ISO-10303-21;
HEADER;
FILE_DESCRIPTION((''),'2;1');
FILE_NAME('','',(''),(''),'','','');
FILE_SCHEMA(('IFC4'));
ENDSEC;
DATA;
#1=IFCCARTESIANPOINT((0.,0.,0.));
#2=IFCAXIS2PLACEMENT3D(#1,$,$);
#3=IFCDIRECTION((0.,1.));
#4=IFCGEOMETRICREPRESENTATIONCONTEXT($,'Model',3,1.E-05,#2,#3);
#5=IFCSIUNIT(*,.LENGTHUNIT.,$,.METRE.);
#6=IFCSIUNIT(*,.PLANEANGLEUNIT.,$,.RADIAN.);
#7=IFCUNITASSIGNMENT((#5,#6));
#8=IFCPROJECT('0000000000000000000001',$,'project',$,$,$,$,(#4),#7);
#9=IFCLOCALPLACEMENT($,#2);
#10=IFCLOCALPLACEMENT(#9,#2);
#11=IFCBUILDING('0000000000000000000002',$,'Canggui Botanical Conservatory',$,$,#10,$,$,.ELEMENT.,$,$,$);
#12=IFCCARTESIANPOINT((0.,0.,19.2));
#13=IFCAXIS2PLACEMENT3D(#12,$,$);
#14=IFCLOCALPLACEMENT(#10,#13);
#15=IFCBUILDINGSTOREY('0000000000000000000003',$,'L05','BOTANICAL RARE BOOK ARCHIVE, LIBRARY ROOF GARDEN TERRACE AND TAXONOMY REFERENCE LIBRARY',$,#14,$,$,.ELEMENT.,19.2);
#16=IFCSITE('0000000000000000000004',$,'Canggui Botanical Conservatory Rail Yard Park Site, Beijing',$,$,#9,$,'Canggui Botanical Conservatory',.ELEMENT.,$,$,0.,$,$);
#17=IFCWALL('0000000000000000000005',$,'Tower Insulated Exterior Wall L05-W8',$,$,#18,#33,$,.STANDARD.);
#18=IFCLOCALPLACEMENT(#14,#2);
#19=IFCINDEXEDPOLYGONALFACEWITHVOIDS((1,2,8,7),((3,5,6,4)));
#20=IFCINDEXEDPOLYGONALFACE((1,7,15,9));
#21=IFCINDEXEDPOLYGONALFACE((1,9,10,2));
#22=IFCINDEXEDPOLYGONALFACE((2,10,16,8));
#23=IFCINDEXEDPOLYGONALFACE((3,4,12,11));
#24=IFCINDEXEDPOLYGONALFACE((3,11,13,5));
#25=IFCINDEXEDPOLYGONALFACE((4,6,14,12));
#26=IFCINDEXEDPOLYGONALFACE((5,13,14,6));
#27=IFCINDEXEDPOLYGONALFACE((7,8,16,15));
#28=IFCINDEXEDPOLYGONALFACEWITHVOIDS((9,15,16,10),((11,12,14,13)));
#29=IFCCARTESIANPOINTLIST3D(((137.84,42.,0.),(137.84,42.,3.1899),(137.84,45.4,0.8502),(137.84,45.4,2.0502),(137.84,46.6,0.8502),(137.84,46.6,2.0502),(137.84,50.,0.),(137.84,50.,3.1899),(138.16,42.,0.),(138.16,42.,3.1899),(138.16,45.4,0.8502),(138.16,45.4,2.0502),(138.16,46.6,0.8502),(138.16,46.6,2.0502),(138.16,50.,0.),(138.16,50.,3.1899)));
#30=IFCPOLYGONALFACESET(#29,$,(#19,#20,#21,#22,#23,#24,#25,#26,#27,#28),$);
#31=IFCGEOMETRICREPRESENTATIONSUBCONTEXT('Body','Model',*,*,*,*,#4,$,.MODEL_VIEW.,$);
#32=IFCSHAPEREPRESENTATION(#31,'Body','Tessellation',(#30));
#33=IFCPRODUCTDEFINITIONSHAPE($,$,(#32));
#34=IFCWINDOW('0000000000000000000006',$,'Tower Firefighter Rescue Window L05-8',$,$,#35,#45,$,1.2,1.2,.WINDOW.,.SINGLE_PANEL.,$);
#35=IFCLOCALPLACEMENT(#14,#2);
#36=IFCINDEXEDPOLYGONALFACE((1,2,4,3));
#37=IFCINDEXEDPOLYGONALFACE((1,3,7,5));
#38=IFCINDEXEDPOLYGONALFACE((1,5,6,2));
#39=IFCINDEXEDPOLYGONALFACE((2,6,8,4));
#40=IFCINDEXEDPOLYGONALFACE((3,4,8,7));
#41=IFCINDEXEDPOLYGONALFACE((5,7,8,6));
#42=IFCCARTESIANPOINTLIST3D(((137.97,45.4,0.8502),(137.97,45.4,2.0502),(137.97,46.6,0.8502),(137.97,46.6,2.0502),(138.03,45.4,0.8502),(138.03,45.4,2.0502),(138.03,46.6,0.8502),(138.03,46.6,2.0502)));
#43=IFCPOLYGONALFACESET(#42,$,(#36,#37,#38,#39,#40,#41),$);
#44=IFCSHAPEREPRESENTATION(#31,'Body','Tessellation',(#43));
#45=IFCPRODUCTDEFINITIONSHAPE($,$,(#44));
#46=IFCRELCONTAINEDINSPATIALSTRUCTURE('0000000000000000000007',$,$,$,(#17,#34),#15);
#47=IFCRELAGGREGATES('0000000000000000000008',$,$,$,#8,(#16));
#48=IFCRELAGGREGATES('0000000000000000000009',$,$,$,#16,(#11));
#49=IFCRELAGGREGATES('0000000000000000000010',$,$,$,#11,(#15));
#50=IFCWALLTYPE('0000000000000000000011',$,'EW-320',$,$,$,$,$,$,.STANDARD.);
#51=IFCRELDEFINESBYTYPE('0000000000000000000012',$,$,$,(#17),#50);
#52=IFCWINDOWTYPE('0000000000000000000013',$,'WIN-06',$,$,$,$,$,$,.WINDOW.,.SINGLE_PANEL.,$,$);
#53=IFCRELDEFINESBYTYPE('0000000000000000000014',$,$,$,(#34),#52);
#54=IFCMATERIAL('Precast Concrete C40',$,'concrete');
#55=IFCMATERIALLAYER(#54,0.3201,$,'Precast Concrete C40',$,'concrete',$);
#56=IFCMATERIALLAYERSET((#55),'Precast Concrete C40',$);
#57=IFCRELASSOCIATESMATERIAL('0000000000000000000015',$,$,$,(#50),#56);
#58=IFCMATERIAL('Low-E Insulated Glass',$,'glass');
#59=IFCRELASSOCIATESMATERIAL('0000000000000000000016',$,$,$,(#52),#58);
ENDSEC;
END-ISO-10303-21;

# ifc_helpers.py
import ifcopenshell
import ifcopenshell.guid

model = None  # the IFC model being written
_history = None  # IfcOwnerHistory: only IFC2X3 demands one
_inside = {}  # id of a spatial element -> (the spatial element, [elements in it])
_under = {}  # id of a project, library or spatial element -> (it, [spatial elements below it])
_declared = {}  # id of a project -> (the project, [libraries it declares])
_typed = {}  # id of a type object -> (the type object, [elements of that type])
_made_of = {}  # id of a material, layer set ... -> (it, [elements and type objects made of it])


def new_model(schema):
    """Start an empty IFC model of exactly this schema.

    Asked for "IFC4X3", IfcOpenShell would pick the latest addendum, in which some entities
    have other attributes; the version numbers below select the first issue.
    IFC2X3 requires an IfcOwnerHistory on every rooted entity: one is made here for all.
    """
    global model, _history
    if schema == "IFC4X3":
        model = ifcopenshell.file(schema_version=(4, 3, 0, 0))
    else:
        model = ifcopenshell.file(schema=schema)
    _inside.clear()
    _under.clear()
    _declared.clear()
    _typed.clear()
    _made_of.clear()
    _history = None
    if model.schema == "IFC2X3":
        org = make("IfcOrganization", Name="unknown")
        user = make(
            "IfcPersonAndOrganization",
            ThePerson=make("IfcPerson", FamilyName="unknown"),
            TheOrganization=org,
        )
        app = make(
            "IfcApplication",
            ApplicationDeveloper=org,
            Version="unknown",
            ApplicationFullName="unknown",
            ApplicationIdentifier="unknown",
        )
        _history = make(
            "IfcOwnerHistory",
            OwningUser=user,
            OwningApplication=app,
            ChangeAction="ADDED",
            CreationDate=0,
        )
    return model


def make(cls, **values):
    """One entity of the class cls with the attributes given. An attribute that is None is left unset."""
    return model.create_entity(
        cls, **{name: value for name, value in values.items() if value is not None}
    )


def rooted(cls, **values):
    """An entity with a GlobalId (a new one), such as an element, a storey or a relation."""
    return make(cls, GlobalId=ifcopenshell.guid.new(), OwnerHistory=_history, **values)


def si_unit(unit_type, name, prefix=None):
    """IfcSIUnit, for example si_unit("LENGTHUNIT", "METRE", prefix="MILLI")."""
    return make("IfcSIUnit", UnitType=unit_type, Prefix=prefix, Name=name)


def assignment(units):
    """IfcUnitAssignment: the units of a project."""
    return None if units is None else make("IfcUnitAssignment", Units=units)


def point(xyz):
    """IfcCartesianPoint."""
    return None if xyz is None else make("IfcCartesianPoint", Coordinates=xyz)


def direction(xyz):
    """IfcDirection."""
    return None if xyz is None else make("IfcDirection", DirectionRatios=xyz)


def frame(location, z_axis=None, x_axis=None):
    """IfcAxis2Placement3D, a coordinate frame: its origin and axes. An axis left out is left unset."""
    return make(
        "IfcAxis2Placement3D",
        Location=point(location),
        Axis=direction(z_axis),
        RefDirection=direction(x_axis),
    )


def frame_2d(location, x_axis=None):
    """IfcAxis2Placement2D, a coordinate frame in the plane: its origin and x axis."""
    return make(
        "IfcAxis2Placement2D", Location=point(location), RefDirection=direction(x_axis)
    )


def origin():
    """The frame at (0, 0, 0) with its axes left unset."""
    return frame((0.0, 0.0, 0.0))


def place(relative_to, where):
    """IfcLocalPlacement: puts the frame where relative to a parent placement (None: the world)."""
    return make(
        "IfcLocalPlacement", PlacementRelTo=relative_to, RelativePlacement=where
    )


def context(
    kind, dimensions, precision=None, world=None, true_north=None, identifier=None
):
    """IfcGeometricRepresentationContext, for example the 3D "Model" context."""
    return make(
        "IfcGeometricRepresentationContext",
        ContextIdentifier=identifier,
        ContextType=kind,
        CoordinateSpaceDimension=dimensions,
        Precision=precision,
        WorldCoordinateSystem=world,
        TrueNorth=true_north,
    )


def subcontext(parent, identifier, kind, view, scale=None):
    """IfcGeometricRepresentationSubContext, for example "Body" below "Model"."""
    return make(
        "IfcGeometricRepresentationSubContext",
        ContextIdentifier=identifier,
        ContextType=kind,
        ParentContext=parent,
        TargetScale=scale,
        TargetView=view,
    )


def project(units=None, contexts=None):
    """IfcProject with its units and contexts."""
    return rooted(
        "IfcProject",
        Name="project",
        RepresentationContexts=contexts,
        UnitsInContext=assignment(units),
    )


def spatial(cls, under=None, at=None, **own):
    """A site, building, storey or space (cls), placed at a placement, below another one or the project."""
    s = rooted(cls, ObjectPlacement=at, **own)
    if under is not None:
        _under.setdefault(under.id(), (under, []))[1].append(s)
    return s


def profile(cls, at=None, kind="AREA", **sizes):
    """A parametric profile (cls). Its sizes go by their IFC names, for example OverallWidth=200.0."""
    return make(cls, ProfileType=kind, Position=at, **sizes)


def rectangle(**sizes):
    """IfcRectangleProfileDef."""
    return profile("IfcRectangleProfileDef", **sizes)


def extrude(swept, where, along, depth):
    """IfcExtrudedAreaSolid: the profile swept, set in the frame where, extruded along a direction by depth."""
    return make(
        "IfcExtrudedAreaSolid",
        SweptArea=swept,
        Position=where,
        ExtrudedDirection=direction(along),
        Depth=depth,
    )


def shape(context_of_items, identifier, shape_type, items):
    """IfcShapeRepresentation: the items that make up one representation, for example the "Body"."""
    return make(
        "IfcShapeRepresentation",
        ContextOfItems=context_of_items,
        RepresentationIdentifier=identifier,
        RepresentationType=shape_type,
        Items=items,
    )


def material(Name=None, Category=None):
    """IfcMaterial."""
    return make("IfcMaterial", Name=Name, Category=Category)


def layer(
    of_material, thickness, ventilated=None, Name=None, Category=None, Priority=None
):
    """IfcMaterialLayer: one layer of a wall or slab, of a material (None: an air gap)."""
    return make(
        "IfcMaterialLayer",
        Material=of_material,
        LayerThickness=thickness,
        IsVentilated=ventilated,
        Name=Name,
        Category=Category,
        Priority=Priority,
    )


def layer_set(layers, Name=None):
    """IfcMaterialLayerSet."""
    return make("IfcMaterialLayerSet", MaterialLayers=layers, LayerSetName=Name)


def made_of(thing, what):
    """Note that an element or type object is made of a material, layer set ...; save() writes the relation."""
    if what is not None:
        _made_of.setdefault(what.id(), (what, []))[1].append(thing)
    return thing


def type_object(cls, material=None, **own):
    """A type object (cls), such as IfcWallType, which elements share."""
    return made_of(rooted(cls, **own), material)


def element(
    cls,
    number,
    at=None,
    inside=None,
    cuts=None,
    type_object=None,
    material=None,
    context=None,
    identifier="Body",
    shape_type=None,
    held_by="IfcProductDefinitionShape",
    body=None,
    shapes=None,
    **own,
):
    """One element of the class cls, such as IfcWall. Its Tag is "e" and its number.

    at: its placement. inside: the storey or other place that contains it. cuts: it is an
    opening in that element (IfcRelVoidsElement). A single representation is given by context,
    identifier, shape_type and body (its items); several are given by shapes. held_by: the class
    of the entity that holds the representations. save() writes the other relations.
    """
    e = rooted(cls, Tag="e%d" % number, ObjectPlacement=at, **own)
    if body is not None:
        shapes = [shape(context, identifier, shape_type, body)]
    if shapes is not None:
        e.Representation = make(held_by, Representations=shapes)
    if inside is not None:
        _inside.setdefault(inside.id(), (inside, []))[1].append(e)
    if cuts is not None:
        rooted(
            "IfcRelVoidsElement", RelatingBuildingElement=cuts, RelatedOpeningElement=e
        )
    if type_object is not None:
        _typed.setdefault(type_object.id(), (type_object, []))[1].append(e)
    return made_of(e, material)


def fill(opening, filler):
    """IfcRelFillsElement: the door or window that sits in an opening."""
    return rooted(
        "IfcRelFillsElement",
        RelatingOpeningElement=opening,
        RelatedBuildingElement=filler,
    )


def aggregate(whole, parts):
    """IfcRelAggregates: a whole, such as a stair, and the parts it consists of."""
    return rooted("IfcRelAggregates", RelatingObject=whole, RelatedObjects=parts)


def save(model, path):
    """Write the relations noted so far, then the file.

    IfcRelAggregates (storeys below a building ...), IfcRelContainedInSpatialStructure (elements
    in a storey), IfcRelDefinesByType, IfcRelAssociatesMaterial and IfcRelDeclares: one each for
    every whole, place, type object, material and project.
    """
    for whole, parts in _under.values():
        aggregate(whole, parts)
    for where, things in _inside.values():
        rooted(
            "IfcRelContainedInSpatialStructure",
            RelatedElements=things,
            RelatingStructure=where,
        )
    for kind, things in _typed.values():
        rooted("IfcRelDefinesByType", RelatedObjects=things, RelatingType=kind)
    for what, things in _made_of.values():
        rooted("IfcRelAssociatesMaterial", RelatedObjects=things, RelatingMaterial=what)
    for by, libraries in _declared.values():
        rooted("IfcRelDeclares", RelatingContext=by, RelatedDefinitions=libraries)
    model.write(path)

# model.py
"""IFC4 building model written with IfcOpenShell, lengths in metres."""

from ifc_helpers import new_model, si_unit, direction, frame, frame_2d, origin, place, context, subcontext, project, spatial, rectangle, extrude, material, layer, layer_set, type_object, element, fill, save


model = new_model("IFC4")

# Units and contexts
model_context = context("Model", 3, precision=1e-05, world=origin(), true_north=direction((0.0, 1.0)))
body_context = subcontext(model_context, "Body", "Model", "MODEL_VIEW")
ifc_project = project(units=[si_unit("LENGTHUNIT", "METRE"), si_unit("PLANEANGLEUNIT", "RADIAN")], contexts=[model_context])

# Site, building, storey
site_placement = place(None, origin())
site = spatial("IfcSite", under=ifc_project, at=site_placement, Name="Canggui Botanical Conservatory Rail Yard Park Site, Beijing", LongName="Canggui Botanical Conservatory", CompositionType="ELEMENT", RefElevation=0.0)
building_placement = place(site_placement, origin())
building = spatial("IfcBuilding", under=site, at=building_placement, Name="Canggui Botanical Conservatory", CompositionType="ELEMENT")
storey_placement = place(building_placement, frame((0.0, 0.0, 19.2)))
storey = spatial("IfcBuildingStorey", under=building, at=storey_placement, Name="L05", Description="BOTANICAL RARE BOOK ARCHIVE, LIBRARY ROOF GARDEN TERRACE AND TAXONOMY REFERENCE LIBRARY", CompositionType="ELEMENT", Elevation=19.2)

# Shared definitions
ifc_material_1 = material(Name="Low-E Insulated Glass", Category="glass")

# Wall, opening, window
ifc_material_2 = material(Name="Precast Concrete C40", Category="concrete")
ifc_layer_1 = layer(ifc_material_2, 0.3201, Name="Precast Concrete C40", Category="concrete")
ifc_layer_set_1 = layer_set([ifc_layer_1], Name="Precast Concrete C40")
wall_type = type_object("IfcWallType", Name="EW-320", PredefinedType="STANDARD", material=ifc_layer_set_1)
wall_placement = place(storey_placement, frame((138.0, 42.0, 0.0), z_axis=(0.0, 0.0, 1.0), x_axis=(0.0, 1.0, 0.0)))
wall = element("IfcWall", 1, at=wall_placement, inside=storey, type_object=wall_type, Name="Tower Insulated Exterior Wall L05-W8", PredefinedType="STANDARD", context=body_context, shape_type="SweptSolid", body=[
    extrude(rectangle(XDim=8.0, YDim=0.3201, at=frame_2d((4.0, 0.0))), origin(), (0.0, 0.0, 1.0), 3.1899),
])
opening_placement = place(wall_placement, frame((3.3999, 0.0, 0.8501)))
opening = element("IfcOpeningElement", 2, at=opening_placement, cuts=wall, PredefinedType="OPENING", context=body_context, shape_type="SweptSolid", body=[
    extrude(rectangle(XDim=1.2, YDim=1.2, at=frame_2d((0.6001, 0.6001))), frame((0.0, 0.1699, 0.0), z_axis=(0.0, -1.0, 0.0), x_axis=(1.0, 0.0, 0.0)), (0.0, 0.0, 1.0), 0.3401),
])
window_type = type_object("IfcWindowType", Name="WIN-06", PartitioningType="SINGLE_PANEL", PredefinedType="WINDOW", material=ifc_material_1)
window_placement = place(opening_placement, origin())
window = element("IfcWindow", 3, at=window_placement, inside=storey, type_object=window_type, Name="Tower Firefighter Rescue Window L05-8", OverallHeight=1.2, OverallWidth=1.2, PartitioningType="SINGLE_PANEL", PredefinedType="WINDOW", context=body_context, shape_type="SweptSolid", body=[
    extrude(rectangle(XDim=1.2, YDim=1.2, at=frame_2d((0.6001, 0.6001))), frame((0.0, 0.03, 0.0), z_axis=(0.0, -1.0, 0.0), x_axis=(1.0, 0.0, 0.0)), (0.0, 0.0, 1.0), 0.0601),
])
fill(opening, window)

save(model, "model.ifc")
